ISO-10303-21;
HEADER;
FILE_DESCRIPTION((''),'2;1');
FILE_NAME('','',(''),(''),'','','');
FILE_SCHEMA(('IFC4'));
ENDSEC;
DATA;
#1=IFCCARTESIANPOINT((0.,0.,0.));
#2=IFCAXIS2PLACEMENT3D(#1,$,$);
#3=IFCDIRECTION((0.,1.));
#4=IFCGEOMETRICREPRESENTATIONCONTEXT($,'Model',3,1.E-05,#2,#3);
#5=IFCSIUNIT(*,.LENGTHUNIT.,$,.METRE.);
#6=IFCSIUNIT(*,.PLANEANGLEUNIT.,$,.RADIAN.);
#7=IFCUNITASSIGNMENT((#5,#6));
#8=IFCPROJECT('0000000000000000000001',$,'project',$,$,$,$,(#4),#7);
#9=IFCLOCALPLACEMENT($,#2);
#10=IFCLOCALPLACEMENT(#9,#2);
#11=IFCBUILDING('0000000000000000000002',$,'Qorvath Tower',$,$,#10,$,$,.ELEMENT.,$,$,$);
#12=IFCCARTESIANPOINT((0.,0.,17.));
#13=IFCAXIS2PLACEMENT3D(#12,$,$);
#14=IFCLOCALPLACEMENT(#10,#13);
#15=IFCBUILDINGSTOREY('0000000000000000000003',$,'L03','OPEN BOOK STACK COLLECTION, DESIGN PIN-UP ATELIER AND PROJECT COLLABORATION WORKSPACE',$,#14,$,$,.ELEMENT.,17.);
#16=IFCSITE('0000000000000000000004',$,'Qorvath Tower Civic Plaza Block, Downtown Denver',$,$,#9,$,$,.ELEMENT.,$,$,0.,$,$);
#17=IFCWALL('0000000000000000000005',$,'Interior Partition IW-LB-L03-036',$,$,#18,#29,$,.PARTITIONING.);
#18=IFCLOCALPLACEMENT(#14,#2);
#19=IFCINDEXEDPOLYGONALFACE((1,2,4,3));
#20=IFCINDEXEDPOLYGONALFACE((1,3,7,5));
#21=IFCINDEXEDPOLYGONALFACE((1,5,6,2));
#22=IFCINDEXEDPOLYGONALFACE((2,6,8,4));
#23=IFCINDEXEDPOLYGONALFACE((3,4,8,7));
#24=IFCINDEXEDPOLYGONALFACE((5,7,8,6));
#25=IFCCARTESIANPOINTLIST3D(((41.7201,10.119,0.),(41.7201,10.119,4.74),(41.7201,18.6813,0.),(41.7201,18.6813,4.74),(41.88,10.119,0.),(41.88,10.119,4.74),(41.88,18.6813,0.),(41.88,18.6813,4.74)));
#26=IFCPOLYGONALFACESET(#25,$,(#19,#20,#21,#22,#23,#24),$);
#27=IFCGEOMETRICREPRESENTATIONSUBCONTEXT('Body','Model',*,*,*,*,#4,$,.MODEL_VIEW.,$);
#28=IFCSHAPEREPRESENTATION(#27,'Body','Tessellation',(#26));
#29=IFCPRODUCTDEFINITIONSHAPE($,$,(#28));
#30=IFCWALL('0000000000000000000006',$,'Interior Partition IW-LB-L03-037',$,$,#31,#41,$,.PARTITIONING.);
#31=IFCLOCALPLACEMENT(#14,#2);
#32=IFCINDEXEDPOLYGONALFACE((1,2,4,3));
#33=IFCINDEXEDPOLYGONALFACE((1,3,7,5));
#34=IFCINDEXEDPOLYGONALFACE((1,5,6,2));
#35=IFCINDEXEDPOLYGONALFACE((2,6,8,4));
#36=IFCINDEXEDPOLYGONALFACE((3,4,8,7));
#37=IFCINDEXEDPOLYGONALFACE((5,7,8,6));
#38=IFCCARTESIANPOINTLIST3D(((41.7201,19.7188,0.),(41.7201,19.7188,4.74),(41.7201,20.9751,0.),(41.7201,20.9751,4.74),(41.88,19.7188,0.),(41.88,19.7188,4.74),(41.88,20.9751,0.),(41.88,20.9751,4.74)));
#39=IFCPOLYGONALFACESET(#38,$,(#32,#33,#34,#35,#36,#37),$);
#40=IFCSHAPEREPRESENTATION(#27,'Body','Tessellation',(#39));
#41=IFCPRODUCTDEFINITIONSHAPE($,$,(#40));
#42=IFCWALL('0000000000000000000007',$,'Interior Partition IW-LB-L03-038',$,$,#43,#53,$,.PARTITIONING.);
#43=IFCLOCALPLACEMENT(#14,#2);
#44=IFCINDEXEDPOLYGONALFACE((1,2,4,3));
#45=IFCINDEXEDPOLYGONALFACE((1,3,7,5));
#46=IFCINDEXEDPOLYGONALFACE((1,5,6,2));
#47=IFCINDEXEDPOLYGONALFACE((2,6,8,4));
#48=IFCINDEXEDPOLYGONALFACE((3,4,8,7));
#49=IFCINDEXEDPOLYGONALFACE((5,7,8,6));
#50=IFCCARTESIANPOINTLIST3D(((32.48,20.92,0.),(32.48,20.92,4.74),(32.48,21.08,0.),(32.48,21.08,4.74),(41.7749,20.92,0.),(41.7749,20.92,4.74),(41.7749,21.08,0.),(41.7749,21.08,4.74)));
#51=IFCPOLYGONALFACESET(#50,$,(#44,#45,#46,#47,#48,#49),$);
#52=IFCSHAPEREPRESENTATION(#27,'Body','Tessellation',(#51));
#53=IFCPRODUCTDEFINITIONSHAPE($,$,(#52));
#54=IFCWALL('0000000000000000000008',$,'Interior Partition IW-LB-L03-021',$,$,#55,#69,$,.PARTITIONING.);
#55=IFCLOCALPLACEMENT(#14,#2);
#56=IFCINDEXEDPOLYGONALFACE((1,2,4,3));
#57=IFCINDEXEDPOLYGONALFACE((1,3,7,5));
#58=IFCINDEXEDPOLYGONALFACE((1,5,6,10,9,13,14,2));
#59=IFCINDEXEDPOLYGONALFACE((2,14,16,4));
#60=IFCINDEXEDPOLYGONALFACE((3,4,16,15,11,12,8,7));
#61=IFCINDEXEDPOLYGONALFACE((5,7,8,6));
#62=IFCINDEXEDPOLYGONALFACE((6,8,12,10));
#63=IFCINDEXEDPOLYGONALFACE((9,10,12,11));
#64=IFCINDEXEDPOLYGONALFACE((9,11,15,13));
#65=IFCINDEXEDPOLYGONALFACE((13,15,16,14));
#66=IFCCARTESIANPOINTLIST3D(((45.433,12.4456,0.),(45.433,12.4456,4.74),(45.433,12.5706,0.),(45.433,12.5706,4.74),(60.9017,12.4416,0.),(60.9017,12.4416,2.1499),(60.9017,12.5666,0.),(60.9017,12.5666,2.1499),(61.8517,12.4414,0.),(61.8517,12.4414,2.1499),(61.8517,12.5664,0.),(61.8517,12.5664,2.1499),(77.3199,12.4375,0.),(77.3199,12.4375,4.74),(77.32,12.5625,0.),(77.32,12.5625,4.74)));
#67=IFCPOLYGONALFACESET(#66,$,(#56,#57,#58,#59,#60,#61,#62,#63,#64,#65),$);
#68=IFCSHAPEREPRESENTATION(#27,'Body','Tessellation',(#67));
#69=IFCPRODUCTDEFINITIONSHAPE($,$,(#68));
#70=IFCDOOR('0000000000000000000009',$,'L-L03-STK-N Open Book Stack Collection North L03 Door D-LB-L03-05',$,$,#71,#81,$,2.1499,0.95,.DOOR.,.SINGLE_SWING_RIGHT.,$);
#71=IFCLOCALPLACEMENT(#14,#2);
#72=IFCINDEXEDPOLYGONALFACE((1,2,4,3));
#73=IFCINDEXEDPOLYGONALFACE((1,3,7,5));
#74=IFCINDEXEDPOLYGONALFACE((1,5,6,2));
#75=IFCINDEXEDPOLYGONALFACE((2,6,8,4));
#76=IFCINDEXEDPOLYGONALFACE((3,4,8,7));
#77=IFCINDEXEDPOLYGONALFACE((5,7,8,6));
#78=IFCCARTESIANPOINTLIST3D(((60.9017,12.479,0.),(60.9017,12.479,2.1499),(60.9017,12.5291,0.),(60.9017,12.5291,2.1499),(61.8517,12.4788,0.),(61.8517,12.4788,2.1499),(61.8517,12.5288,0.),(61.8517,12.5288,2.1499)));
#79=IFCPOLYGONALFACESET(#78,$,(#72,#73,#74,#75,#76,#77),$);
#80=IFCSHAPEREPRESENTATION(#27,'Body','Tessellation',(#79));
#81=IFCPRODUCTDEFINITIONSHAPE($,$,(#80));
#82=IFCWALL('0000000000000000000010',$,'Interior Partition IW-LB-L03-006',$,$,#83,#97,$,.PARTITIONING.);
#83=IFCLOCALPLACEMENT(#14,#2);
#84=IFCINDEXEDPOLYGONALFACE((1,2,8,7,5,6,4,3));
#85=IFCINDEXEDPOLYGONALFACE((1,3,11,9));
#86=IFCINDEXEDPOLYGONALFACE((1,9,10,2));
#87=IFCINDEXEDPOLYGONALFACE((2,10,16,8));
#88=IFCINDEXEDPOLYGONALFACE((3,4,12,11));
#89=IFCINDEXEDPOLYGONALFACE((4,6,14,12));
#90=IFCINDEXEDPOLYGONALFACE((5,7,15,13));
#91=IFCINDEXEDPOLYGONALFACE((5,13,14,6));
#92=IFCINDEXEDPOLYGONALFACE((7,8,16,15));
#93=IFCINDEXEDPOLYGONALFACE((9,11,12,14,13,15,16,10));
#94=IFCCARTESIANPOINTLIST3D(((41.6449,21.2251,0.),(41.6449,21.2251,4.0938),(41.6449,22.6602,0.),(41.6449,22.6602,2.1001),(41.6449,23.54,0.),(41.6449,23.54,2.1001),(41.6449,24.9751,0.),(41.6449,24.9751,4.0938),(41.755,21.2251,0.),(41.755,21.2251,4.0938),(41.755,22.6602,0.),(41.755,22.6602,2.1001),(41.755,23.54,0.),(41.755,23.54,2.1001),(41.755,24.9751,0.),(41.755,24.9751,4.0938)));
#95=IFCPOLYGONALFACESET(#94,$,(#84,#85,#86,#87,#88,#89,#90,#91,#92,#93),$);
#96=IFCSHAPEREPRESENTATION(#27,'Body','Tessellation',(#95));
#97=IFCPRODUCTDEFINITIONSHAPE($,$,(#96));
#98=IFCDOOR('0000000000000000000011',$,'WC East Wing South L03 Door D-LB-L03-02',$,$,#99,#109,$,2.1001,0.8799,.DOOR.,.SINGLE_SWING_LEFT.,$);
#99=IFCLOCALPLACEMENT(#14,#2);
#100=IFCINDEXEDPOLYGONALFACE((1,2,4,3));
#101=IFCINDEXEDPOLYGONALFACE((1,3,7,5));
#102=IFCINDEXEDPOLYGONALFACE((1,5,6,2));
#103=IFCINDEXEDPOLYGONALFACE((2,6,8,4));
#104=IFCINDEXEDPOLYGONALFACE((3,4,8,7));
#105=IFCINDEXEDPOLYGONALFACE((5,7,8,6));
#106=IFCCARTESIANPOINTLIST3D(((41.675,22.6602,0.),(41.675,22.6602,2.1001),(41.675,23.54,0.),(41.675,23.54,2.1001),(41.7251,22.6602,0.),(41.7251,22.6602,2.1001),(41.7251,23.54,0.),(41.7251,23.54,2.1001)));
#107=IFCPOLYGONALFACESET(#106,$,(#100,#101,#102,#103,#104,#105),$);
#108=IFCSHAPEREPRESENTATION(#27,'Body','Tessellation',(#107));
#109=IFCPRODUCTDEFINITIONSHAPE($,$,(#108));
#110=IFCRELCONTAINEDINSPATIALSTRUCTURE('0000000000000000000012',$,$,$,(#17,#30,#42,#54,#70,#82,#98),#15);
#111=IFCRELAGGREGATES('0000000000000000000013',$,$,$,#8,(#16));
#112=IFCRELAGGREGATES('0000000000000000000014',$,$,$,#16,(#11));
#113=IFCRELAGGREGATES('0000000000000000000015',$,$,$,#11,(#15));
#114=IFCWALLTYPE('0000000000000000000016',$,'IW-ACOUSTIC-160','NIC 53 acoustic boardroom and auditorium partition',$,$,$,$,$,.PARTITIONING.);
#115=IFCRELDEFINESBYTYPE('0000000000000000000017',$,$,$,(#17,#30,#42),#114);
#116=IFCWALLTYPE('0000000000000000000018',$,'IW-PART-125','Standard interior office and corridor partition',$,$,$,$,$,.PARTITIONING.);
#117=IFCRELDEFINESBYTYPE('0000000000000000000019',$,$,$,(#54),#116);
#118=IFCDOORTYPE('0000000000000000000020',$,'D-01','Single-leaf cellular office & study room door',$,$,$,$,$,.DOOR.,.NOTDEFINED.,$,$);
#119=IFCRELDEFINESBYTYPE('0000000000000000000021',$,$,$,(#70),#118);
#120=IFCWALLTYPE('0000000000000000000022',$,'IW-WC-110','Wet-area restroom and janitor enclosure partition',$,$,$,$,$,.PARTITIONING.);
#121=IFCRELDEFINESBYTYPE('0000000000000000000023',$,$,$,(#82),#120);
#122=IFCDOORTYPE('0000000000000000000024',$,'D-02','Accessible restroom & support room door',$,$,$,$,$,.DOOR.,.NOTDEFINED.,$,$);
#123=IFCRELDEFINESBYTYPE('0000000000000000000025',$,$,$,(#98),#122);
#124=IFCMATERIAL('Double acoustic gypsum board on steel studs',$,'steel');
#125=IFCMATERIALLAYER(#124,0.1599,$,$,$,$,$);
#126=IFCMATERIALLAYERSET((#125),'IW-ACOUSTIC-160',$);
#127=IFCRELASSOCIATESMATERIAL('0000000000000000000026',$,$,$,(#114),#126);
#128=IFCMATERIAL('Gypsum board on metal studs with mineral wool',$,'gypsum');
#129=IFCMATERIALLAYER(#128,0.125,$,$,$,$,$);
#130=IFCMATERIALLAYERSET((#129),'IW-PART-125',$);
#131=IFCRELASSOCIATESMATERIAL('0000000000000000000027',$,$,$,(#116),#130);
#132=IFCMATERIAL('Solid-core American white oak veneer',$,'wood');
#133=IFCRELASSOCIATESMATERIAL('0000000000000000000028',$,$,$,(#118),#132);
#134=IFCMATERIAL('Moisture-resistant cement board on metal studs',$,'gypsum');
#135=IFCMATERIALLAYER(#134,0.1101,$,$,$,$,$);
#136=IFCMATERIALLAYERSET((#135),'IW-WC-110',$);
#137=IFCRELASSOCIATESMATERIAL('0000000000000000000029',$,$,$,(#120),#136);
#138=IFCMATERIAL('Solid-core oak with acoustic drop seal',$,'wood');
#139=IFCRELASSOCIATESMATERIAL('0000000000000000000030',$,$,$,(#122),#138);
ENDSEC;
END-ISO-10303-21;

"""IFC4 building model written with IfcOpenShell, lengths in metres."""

from ifc_helpers import new_model, si_unit, direction, frame, frame_2d, origin, place, context, subcontext, project, spatial, rectangle, extrude, material, layer, layer_set, type_object, element, fill, save


model = new_model("IFC4")

# Units and contexts
model_context = context("Model", 3, precision=1e-05, world=origin(), true_north=direction((0.0, 1.0)))
body_context = subcontext(model_context, "Body", "Model", "MODEL_VIEW")
ifc_project = project(units=[si_unit("LENGTHUNIT", "METRE"), si_unit("PLANEANGLEUNIT", "RADIAN")], contexts=[model_context])

# Site, building, storey
site_placement = place(None, origin())
site = spatial("IfcSite", under=ifc_project, at=site_placement, Name="Qorvath Tower Civic Plaza Block, Downtown Denver", CompositionType="ELEMENT", RefElevation=0.0)
building_placement = place(site_placement, origin())
building = spatial("IfcBuilding", under=site, at=building_placement, Name="Qorvath Tower", CompositionType="ELEMENT")
storey_placement = place(building_placement, frame((0.0, 0.0, 17.0)))
storey = spatial("IfcBuildingStorey", under=building, at=storey_placement, Name="L03", Description="OPEN BOOK STACK COLLECTION, DESIGN PIN-UP ATELIER AND PROJECT COLLABORATION WORKSPACE", CompositionType="ELEMENT", Elevation=17.0)

# Walls
ifc_material_1 = material(Name="Double acoustic gypsum board on steel studs", Category="steel")
ifc_layer_1 = layer(ifc_material_1, 0.1599)
ifc_layer_set_1 = layer_set([ifc_layer_1], Name="IW-ACOUSTIC-160")
wall_type_1 = type_object("IfcWallType", Name="IW-ACOUSTIC-160", Description="NIC 53 acoustic boardroom and auditorium partition", PredefinedType="PARTITIONING", material=ifc_layer_set_1)
wall_1_placement = place(storey_placement, frame((41.8, 10.1189, 0.0), z_axis=(0.0, 0.0, 1.0), x_axis=(0.0, 1.0, 0.0)))
element("IfcWall", 1, at=wall_1_placement, inside=storey, type_object=wall_type_1, Name="Interior Partition IW-LB-L03-036", PredefinedType="PARTITIONING", context=body_context, shape_type="SweptSolid", body=[
    extrude(rectangle(XDim=8.5623, YDim=0.1599, at=frame_2d((4.2812, 0.0))), origin(), (0.0, 0.0, 1.0), 4.74),
])
wall_2_placement = place(storey_placement, frame((41.8, 19.7188, 0.0), z_axis=(0.0, 0.0, 1.0), x_axis=(0.0, 1.0, 0.0)))
element("IfcWall", 2, at=wall_2_placement, inside=storey, type_object=wall_type_1, Name="Interior Partition IW-LB-L03-037", PredefinedType="PARTITIONING", context=body_context, shape_type="SweptSolid", body=[
    extrude(rectangle(XDim=1.2563, YDim=0.1599, at=frame_2d((0.6282, 0.0))), origin(), (0.0, 0.0, 1.0), 4.74),
])
wall_3_placement = place(storey_placement, frame((41.7749, 21.0, 0.0), z_axis=(0.0, 0.0, 1.0), x_axis=(-1.0, 0.0, 0.0)))
element("IfcWall", 3, at=wall_3_placement, inside=storey, type_object=wall_type_1, Name="Interior Partition IW-LB-L03-038", PredefinedType="PARTITIONING", context=body_context, shape_type="SweptSolid", body=[
    extrude(rectangle(XDim=9.2949, YDim=0.1599, at=frame_2d((4.6475, 0.0))), origin(), (0.0, 0.0, 1.0), 4.74),
])

# Walls, openings, doors
ifc_material_2 = material(Name="Gypsum board on metal studs with mineral wool", Category="gypsum")
ifc_layer_2 = layer(ifc_material_2, 0.125)
ifc_layer_set_2 = layer_set([ifc_layer_2], Name="IW-PART-125")
wall_type_2 = type_object("IfcWallType", Name="IW-PART-125", Description="Standard interior office and corridor partition", PredefinedType="PARTITIONING", material=ifc_layer_set_2)
wall_4_placement = place(storey_placement, frame((45.4331, 12.5081, 0.0), z_axis=(0.0, 0.0, 1.0), x_axis=(1.0, -0.000253, 0.0)))
wall_4 = element("IfcWall", 4, at=wall_4_placement, inside=storey, type_object=wall_type_2, Name="Interior Partition IW-LB-L03-021", PredefinedType="PARTITIONING", context=body_context, shape_type="SweptSolid", body=[
    extrude(rectangle(XDim=31.887, YDim=0.125, at=frame_2d((15.9434, 0.0))), origin(), (0.0, 0.0, 1.0), 4.74),
])
opening_1_placement = place(wall_4_placement, frame((15.4685, 0.0, 0.0)))
opening_1 = element("IfcOpeningElement", 5, at=opening_1_placement, cuts=wall_4, PredefinedType="OPENING", context=body_context, shape_type="SweptSolid", body=[
    extrude(rectangle(XDim=0.95, YDim=2.1499, at=frame_2d((0.4751, 1.075))), frame((0.0, 0.0725, 0.0), z_axis=(0.0, -1.0, 0.0), x_axis=(1.0, 0.0, 0.0)), (0.0, 0.0, 1.0), 0.145),
])
ifc_material_3 = material(Name="Solid-core American white oak veneer", Category="wood")
door_type_1 = type_object("IfcDoorType", Name="D-01", Description="Single-leaf cellular office & study room door", OperationType="NOTDEFINED", PredefinedType="DOOR", material=ifc_material_3)
door_1_placement = place(opening_1_placement, origin())
door_1 = element("IfcDoor", 6, at=door_1_placement, inside=storey, type_object=door_type_1, Name="L-L03-STK-N Open Book Stack Collection North L03 Door D-LB-L03-05", OperationType="SINGLE_SWING_RIGHT", OverallHeight=2.1499, OverallWidth=0.95, PredefinedType="DOOR", context=body_context, shape_type="SweptSolid", body=[
    extrude(rectangle(XDim=0.95, YDim=2.1499, at=frame_2d((0.4751, 1.075))), frame((0.0, 0.0249, 0.0), z_axis=(0.0, -1.0, 0.0), x_axis=(1.0, 0.0, 0.0)), (0.0, 0.0, 1.0), 0.05),
])
fill(opening_1, door_1)
ifc_material_4 = material(Name="Moisture-resistant cement board on metal studs", Category="gypsum")
ifc_layer_3 = layer(ifc_material_4, 0.1101)
ifc_layer_set_3 = layer_set([ifc_layer_3], Name="IW-WC-110")
wall_type_3 = type_object("IfcWallType", Name="IW-WC-110", Description="Wet-area restroom and janitor enclosure partition", PredefinedType="PARTITIONING", material=ifc_layer_set_3)
wall_5_placement = place(storey_placement, frame((41.7, 21.2251, 0.0), z_axis=(0.0, 0.0, 1.0), x_axis=(0.0, 1.0, 0.0)))
wall_5 = element("IfcWall", 7, at=wall_5_placement, inside=storey, type_object=wall_type_3, Name="Interior Partition IW-LB-L03-006", PredefinedType="PARTITIONING", context=body_context, shape_type="SweptSolid", body=[
    extrude(rectangle(XDim=3.75, YDim=0.1101, at=frame_2d((1.875, 0.0))), origin(), (0.0, 0.0, 1.0), 4.0938),
])
opening_2_placement = place(wall_5_placement, frame((1.4351, 0.0, 0.0)))
opening_2 = element("IfcOpeningElement", 8, at=opening_2_placement, cuts=wall_5, PredefinedType="OPENING", context=body_context, shape_type="SweptSolid", body=[
    extrude(rectangle(XDim=0.8799, YDim=2.1001, at=frame_2d((0.4399, 1.05))), frame((0.0, 0.0649, 0.0), z_axis=(0.0, -1.0, 0.0), x_axis=(1.0, 0.0, 0.0)), (0.0, 0.0, 1.0), 0.1301),
])
ifc_material_5 = material(Name="Solid-core oak with acoustic drop seal", Category="wood")
door_type_2 = type_object("IfcDoorType", Name="D-02", Description="Accessible restroom & support room door", OperationType="NOTDEFINED", PredefinedType="DOOR", material=ifc_material_5)
door_2_placement = place(opening_2_placement, origin())
door_2 = element("IfcDoor", 9, at=door_2_placement, inside=storey, type_object=door_type_2, Name="WC East Wing South L03 Door D-LB-L03-02", OperationType="SINGLE_SWING_LEFT", OverallHeight=2.1001, OverallWidth=0.8799, PredefinedType="DOOR", context=body_context, shape_type="SweptSolid", body=[
    extrude(rectangle(XDim=0.8799, YDim=2.1001, at=frame_2d((0.4399, 1.05))), frame((0.0, 0.0249, 0.0), z_axis=(0.0, -1.0, 0.0), x_axis=(1.0, 0.0, 0.0)), (0.0, 0.0, 1.0), 0.05),
])
fill(opening_2, door_2)

save(model, "model.ifc")
